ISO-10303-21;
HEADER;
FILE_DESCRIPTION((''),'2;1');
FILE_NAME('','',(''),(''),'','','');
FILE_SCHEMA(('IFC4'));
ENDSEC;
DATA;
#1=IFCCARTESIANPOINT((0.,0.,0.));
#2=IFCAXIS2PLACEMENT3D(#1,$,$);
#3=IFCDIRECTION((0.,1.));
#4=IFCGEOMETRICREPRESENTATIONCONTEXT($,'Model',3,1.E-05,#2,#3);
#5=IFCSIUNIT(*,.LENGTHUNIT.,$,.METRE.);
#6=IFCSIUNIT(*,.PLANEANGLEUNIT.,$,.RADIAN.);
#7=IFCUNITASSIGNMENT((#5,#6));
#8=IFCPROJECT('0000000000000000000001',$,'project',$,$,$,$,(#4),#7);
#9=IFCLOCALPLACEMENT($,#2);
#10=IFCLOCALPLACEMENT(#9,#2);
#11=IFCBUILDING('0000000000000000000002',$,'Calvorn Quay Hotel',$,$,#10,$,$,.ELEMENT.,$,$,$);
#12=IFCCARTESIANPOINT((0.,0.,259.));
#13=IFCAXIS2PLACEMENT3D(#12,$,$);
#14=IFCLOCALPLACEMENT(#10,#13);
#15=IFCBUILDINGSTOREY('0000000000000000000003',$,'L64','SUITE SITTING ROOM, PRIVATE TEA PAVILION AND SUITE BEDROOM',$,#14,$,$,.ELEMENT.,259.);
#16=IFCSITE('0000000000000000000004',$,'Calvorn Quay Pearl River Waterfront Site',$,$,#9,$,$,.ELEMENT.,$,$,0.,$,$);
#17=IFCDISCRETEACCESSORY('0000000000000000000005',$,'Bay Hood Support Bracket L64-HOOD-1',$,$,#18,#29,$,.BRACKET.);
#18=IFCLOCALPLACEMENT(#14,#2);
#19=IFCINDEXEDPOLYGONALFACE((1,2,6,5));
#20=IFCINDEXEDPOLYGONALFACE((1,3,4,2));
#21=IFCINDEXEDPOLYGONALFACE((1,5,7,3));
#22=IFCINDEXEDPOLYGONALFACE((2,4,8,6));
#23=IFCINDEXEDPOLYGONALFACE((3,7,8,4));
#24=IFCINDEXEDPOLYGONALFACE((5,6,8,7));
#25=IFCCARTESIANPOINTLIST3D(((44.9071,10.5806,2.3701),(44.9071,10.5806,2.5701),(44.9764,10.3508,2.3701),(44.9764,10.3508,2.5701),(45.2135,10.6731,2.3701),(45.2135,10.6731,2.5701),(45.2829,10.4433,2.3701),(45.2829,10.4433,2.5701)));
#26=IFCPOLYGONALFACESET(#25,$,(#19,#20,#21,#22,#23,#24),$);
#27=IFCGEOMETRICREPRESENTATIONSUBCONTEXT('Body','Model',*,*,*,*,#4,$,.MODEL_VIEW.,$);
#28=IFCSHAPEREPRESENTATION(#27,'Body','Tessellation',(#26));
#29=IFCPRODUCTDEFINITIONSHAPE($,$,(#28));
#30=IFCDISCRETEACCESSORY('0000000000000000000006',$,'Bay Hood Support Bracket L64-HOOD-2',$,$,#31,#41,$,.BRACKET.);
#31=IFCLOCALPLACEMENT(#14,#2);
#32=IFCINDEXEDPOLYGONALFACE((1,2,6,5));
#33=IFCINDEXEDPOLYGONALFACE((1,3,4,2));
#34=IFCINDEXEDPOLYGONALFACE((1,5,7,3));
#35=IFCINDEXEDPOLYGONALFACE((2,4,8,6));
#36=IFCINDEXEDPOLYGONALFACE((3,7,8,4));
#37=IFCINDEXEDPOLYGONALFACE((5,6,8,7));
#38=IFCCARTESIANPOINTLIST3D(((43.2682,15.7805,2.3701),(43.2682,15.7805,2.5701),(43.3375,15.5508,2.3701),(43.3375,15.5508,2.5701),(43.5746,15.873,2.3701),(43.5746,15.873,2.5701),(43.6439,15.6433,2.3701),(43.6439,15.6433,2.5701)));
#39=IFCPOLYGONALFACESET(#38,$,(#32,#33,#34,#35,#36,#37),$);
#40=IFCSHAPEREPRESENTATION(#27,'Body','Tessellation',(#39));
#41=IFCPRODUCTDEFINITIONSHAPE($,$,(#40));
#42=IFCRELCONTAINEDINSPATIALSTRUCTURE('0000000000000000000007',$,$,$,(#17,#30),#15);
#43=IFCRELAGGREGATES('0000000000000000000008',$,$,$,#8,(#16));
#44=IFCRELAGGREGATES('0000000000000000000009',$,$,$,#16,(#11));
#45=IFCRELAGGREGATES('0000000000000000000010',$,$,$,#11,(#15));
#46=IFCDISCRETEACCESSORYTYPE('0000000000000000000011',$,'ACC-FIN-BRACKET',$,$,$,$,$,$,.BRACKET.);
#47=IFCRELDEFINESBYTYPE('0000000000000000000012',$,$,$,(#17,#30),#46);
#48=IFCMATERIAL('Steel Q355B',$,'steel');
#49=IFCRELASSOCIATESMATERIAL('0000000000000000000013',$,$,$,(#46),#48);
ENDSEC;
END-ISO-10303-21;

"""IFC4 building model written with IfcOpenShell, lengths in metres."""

from ifc_helpers import new_model, si_unit, direction, frame, origin, origin_2d, place, context, subcontext, project, spatial, rectangle, extrude, material, type_object, element, save


model = new_model("IFC4")

# Units and contexts
model_context = context("Model", 3, precision=1e-05, world=origin(), true_north=direction((0.0, 1.0)))
body_context = subcontext(model_context, "Body", "Model", "MODEL_VIEW")
ifc_project = project(units=[si_unit("LENGTHUNIT", "METRE"), si_unit("PLANEANGLEUNIT", "RADIAN")], contexts=[model_context])

# Site, building, storey
site_placement = place(None, origin())
site = spatial("IfcSite", under=ifc_project, at=site_placement, Name="Calvorn Quay Pearl River Waterfront Site", CompositionType="ELEMENT", RefElevation=0.0)
building_placement = place(site_placement, origin())
building = spatial("IfcBuilding", under=site, at=building_placement, Name="Calvorn Quay Hotel", CompositionType="ELEMENT")
storey_placement = place(building_placement, frame((0.0, 0.0, 259.0)))
storey = spatial("IfcBuildingStorey", under=building, at=storey_placement, Name="L64", Description="SUITE SITTING ROOM, PRIVATE TEA PAVILION AND SUITE BEDROOM", CompositionType="ELEMENT", Elevation=259.0)

# Discrete accessories
ifc_material_1 = material(Name="Steel Q355B", Category="steel")
discrete_accessory_type = type_object("IfcDiscreteAccessoryType", Name="ACC-FIN-BRACKET", PredefinedType="BRACKET", material=ifc_material_1)
for number, where, z_axis, x_axis, name in (
    (1, (45.095, 10.512, 2.3701), (0.0, 0.0, 1.0), (0.957319, 0.289032, 0.0), "Bay Hood Support Bracket L64-HOOD-1"),
    (2, (43.4561, 15.7119, 2.3701), (0.0, 0.0, 1.0), (0.957319, 0.289032, 0.0), "Bay Hood Support Bracket L64-HOOD-2"),
):
    element("IfcDiscreteAccessory", number, at=place(storey_placement, frame(where, z_axis=z_axis, x_axis=x_axis)), inside=storey, type_object=discrete_accessory_type, Name=name, PredefinedType="BRACKET", context=body_context, shape_type="SweptSolid", body=[
        extrude(rectangle(XDim=0.3201, YDim=0.24, at=origin_2d()), origin(), (0.0, 0.0, 1.0), 0.2),
    ])

save(model, "model.ifc")
